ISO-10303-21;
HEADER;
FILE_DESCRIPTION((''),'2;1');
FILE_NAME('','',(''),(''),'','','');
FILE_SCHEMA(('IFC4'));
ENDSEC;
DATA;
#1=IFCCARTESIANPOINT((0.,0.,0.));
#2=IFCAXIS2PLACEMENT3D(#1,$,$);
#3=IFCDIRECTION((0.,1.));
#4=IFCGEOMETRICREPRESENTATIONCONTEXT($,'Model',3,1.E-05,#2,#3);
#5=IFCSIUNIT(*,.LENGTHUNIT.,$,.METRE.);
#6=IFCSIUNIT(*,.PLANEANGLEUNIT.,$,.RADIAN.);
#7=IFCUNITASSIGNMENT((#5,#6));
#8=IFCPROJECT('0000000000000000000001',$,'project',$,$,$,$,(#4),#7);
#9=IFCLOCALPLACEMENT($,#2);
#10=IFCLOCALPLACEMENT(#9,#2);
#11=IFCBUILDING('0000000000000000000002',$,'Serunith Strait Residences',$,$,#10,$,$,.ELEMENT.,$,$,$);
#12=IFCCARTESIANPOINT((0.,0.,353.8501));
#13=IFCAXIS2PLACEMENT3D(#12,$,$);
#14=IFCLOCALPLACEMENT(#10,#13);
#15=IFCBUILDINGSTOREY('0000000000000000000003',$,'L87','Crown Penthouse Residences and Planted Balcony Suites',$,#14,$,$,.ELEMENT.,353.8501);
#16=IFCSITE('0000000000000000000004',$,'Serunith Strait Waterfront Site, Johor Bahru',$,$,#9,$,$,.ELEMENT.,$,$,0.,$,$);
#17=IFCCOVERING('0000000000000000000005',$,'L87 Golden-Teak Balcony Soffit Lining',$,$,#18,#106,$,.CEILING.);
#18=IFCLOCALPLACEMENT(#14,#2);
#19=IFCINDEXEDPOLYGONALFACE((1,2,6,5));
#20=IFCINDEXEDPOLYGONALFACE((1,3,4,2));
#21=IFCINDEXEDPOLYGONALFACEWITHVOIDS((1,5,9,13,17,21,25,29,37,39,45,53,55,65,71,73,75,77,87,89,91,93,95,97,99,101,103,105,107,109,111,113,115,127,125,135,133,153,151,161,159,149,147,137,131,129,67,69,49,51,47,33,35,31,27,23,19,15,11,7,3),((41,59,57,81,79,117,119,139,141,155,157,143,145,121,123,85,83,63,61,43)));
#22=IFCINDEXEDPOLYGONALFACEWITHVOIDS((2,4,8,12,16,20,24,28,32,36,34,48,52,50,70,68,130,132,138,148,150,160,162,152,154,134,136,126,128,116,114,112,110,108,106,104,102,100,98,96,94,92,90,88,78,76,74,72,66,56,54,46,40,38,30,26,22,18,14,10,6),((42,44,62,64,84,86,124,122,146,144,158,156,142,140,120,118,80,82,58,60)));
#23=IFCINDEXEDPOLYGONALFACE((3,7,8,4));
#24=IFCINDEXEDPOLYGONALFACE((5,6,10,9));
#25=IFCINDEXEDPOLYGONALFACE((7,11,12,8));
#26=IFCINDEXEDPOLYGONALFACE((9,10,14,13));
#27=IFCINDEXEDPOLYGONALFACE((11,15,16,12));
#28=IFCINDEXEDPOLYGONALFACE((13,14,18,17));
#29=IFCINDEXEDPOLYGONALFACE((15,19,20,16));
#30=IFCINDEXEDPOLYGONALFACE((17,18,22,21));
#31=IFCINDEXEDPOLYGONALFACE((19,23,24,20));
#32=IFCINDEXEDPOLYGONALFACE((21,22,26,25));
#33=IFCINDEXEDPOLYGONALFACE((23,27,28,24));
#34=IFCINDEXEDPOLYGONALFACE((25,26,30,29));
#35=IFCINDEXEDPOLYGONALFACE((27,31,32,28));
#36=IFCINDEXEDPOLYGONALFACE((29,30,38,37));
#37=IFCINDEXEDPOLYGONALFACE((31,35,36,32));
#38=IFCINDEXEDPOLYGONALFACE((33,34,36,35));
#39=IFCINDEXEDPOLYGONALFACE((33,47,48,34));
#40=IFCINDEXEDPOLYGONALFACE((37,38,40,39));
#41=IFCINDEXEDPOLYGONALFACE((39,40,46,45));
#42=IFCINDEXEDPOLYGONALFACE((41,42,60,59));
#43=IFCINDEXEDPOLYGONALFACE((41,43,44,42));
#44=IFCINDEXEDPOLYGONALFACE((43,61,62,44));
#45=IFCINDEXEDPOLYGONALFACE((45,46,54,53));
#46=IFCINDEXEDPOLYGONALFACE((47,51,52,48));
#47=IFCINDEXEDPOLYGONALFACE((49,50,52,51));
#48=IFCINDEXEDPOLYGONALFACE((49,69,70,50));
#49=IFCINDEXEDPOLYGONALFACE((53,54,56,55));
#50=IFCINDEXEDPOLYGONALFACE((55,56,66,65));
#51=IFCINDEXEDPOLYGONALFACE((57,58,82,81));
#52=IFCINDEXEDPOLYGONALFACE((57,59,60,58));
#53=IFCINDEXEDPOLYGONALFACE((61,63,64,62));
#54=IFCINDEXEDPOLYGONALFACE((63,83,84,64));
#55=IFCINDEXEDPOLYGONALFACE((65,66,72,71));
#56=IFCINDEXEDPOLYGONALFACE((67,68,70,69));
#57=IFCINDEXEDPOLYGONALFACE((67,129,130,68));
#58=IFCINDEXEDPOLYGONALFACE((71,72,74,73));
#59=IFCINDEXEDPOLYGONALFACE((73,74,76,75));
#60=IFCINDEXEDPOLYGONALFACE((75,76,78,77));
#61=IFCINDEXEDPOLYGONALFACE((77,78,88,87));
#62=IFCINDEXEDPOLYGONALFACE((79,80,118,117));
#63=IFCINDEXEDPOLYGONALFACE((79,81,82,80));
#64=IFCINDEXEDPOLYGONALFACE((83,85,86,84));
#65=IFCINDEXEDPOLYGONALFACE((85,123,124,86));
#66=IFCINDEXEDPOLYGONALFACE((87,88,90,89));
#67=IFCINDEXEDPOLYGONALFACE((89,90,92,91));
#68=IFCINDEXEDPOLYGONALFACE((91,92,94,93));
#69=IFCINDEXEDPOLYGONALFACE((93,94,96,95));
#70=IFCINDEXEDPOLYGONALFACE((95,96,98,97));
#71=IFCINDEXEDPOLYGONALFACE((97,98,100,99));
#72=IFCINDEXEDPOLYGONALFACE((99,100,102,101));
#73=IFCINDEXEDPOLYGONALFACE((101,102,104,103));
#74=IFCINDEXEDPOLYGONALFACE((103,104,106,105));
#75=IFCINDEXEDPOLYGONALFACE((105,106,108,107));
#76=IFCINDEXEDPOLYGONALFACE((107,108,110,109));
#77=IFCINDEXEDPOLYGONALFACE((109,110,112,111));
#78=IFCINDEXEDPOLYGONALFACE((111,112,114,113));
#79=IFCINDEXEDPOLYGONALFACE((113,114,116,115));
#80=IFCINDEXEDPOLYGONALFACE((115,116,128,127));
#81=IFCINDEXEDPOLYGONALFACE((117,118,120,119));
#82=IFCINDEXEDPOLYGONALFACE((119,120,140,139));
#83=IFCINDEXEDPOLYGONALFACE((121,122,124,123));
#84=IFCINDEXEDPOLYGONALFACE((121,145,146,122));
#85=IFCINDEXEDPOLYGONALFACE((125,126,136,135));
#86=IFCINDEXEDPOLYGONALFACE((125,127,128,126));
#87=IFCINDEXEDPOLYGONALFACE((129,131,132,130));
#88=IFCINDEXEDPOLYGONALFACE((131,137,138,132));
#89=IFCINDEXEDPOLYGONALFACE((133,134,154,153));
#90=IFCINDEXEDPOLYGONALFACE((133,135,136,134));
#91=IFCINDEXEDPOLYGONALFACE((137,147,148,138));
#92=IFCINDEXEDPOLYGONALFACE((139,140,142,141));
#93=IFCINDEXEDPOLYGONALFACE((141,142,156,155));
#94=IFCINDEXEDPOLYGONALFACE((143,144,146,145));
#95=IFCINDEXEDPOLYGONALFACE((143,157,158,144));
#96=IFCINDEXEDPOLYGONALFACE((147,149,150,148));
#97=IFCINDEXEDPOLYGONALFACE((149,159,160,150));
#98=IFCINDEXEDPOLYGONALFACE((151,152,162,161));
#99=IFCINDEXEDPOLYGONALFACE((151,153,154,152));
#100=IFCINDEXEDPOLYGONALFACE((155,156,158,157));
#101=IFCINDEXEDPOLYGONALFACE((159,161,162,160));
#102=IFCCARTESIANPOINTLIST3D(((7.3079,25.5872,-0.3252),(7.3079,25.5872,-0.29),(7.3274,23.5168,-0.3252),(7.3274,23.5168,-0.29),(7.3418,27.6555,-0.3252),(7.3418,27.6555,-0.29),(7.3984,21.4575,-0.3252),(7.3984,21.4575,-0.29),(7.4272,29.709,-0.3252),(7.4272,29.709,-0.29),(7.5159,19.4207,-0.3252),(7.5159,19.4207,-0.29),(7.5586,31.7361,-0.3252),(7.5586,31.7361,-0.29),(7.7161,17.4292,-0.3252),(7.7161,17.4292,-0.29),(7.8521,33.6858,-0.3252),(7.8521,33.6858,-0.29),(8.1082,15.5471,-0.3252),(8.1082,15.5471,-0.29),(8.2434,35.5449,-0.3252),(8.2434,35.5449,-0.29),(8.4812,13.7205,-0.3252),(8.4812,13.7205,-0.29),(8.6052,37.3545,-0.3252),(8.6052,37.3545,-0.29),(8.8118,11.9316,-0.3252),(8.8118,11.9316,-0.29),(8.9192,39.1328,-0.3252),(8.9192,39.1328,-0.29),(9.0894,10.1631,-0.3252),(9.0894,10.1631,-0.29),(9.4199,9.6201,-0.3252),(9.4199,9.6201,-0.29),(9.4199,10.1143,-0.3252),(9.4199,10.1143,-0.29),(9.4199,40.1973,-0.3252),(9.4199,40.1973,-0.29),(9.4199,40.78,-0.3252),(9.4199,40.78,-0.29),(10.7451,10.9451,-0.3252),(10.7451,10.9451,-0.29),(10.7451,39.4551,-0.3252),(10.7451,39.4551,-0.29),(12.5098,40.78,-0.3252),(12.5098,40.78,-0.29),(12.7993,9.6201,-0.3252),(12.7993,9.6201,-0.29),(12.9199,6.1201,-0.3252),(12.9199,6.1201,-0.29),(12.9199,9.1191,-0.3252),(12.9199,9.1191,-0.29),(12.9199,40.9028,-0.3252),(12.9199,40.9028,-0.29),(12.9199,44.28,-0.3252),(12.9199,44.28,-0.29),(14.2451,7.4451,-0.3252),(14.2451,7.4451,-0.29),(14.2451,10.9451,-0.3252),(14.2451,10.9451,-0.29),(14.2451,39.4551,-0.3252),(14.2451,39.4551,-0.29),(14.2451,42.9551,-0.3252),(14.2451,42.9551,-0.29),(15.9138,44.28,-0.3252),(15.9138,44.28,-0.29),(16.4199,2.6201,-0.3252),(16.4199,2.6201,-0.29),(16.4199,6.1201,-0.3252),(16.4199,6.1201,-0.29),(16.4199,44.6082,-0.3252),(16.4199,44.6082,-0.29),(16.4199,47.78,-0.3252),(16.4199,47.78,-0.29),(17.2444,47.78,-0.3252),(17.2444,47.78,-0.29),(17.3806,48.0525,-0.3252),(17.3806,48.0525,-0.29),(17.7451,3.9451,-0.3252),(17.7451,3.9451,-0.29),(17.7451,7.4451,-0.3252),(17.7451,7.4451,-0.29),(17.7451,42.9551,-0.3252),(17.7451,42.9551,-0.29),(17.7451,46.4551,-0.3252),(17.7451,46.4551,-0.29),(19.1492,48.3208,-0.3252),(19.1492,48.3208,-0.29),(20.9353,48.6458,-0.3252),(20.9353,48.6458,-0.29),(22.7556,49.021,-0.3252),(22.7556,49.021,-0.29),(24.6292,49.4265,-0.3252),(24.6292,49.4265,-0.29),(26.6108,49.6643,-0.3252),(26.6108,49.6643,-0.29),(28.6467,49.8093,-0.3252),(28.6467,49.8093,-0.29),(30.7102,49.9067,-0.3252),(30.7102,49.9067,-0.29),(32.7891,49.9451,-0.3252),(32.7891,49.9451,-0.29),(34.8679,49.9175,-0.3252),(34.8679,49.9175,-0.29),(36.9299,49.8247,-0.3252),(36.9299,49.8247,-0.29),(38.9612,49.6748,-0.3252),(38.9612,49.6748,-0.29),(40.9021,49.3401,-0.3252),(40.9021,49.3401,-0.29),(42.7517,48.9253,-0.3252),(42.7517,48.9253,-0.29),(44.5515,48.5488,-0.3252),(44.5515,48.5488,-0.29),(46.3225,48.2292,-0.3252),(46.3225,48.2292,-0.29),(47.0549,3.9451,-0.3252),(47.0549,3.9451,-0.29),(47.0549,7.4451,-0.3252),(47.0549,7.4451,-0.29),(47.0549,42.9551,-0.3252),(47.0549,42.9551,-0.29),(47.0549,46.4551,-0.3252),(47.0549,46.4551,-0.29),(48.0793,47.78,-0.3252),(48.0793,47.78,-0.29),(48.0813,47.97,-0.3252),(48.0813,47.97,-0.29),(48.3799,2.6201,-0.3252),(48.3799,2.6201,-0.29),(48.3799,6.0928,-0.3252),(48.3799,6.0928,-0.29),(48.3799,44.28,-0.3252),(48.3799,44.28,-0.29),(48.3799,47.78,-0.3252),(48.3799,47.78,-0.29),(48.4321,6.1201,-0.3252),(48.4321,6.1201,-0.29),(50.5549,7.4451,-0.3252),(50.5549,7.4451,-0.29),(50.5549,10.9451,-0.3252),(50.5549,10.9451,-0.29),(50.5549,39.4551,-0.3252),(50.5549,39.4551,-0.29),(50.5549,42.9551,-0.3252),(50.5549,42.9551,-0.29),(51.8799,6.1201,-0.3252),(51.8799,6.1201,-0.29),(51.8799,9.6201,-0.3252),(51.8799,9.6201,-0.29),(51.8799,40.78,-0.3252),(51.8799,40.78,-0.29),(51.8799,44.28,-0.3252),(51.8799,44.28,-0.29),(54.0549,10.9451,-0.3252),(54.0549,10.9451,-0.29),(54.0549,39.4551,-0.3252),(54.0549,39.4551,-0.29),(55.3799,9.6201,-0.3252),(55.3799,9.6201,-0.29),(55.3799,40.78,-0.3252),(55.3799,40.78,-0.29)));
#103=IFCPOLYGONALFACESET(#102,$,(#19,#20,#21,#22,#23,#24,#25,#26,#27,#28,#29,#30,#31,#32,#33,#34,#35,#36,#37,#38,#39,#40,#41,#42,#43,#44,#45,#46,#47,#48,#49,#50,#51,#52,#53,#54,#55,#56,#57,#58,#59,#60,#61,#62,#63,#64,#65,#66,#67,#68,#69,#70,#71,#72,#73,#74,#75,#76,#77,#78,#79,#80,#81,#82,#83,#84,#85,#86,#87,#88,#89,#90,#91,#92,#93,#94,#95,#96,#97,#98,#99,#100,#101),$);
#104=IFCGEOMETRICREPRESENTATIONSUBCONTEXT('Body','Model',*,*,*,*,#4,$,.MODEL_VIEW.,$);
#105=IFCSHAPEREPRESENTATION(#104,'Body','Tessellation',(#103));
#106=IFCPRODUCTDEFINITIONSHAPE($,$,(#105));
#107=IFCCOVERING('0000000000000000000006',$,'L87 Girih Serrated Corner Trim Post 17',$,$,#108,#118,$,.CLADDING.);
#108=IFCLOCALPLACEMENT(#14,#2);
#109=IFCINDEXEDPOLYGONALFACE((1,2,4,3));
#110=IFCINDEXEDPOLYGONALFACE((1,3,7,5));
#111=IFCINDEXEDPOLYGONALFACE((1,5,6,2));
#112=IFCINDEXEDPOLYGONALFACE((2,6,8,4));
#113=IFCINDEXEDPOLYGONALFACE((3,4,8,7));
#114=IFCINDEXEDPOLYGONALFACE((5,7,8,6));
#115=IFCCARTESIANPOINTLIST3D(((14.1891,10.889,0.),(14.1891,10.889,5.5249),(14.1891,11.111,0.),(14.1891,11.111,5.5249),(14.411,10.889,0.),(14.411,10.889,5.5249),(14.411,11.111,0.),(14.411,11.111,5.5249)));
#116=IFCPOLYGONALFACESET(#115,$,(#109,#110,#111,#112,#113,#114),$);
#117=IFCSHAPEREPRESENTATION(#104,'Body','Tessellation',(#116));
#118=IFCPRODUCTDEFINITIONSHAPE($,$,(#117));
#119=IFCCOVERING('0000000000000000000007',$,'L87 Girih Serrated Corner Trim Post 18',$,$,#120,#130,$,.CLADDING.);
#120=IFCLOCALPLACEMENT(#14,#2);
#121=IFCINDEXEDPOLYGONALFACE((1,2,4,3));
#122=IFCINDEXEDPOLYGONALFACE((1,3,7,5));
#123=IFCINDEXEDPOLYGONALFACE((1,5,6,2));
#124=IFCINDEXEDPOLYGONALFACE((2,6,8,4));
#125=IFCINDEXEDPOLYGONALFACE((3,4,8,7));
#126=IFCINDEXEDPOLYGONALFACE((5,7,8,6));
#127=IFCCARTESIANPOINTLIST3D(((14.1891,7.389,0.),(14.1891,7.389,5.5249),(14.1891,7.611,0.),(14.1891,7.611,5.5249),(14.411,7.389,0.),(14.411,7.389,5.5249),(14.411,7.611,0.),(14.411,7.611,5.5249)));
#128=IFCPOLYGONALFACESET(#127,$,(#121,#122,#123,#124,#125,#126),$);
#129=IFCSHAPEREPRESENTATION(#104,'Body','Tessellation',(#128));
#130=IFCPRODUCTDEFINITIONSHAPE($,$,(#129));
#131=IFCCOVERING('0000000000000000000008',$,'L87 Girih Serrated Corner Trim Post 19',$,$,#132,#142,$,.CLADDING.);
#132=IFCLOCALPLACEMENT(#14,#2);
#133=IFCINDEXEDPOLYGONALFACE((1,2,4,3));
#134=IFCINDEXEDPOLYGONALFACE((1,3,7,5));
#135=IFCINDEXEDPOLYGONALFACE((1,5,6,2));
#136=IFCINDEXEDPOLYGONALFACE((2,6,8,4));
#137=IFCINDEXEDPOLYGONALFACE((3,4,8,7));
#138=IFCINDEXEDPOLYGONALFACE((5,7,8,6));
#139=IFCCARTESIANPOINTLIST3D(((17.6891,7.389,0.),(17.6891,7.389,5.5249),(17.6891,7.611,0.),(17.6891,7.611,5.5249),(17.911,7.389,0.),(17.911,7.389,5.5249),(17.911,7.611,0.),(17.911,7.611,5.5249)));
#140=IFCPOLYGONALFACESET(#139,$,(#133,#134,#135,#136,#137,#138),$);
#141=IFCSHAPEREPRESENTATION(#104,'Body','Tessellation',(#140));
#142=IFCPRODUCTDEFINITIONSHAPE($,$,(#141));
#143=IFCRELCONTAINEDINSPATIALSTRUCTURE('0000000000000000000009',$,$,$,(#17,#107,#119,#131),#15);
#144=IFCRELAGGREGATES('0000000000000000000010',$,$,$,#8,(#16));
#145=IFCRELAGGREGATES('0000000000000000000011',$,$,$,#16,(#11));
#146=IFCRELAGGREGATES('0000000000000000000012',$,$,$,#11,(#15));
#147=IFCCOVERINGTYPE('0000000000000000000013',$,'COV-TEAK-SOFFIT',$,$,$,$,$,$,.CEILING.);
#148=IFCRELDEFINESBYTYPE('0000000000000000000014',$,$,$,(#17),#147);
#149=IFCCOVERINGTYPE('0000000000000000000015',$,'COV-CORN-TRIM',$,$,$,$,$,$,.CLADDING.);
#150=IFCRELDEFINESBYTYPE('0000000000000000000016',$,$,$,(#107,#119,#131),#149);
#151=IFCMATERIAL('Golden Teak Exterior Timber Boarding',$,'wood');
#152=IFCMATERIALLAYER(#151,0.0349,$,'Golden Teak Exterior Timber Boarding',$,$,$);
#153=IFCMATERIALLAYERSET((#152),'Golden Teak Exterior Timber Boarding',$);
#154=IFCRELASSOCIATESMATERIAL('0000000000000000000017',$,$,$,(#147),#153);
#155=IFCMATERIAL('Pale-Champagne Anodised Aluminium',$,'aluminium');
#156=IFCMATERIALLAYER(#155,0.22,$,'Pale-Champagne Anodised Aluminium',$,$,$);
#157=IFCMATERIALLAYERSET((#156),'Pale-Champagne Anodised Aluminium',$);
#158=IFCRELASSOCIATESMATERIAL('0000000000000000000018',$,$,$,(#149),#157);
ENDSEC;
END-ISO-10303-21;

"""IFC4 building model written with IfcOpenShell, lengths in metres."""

from ifc_helpers import new_model, si_unit, direction, frame, origin, origin_2d, place, context, subcontext, project, spatial, polyline, rectangle, outline, extrude, source, transform, mapped, material, layer, layer_set, type_object, element, save


model = new_model("IFC4")

# Units and contexts
model_context = context("Model", 3, precision=1e-05, world=origin(), true_north=direction((0.0, 1.0)))
body_context = subcontext(model_context, "Body", "Model", "MODEL_VIEW")
ifc_project = project(units=[si_unit("LENGTHUNIT", "METRE"), si_unit("PLANEANGLEUNIT", "RADIAN")], contexts=[model_context])

# Site, building, storey
site_placement = place(None, origin())
site = spatial("IfcSite", under=ifc_project, at=site_placement, Name="Serunith Strait Waterfront Site, Johor Bahru", CompositionType="ELEMENT", RefElevation=0.0)
building_placement = place(site_placement, origin())
building = spatial("IfcBuilding", under=site, at=building_placement, Name="Serunith Strait Residences", CompositionType="ELEMENT")
storey_placement = place(building_placement, frame((0.0, 0.0, 353.8501)))
storey = spatial("IfcBuildingStorey", under=building, at=storey_placement, Name="L87", Description="Crown Penthouse Residences and Planted Balcony Suites", CompositionType="ELEMENT", Elevation=353.8501)

# Covering
ifc_material_1 = material(Name="Golden Teak Exterior Timber Boarding", Category="wood")
ifc_layer_1 = layer(ifc_material_1, 0.0349, Name="Golden Teak Exterior Timber Boarding")
ifc_layer_set_1 = layer_set([ifc_layer_1], Name="Golden Teak Exterior Timber Boarding")
covering_type_1 = type_object("IfcCoveringType", Name="COV-TEAK-SOFFIT", PredefinedType="CEILING", material=ifc_layer_set_1)
covering_placement = place(storey_placement, frame((0.0, 0.0, -0.3252)))
element("IfcCovering", 1, at=covering_placement, inside=storey, type_object=covering_type_1, Name="L87 Golden-Teak Balcony Soffit Lining", PredefinedType="CEILING", context=body_context, shape_type="SweptSolid", body=[
    extrude(outline(polyline([(9.4199, 9.6201), (9.4199, 10.1143), (9.0894, 10.1631), (8.8118, 11.9316), (8.4812, 13.7205), (8.1082, 15.5471), (7.7161, 17.4292), (7.5159, 19.4207), (7.3984, 21.4575), (7.3274, 23.5168), (7.3079, 25.5872), (7.3418, 27.6555), (7.4272, 29.709), (7.5586, 31.7361), (7.8521, 33.6858), (8.2434, 35.5449), (8.6052, 37.3545), (8.9192, 39.1328), (9.4199, 40.1973), (9.4199, 40.78), (12.5098, 40.78), (12.9199, 40.9028), (12.9199, 44.28), (15.9138, 44.28), (16.4199, 44.6082), (16.4199, 47.78), (17.2444, 47.78), (17.3806, 48.0525), (19.1492, 48.3208), (20.9353, 48.6458), (22.7556, 49.021), (24.6292, 49.4265), (26.6108, 49.6643), (28.6467, 49.8093), (30.7102, 49.9067), (32.7891, 49.9451), (34.8679, 49.9175), (36.9299, 49.8247), (38.9612, 49.6748), (40.9021, 49.3401), (42.7517, 48.9253), (44.5515, 48.5488), (46.3225, 48.2292), (48.0813, 47.97), (48.0793, 47.78), (48.3799, 47.78), (48.3799, 44.28), (51.8799, 44.28), (51.8799, 40.78), (55.3799, 40.78), (55.3799, 9.6201), (51.8799, 9.6201), (51.8799, 6.1201), (48.4321, 6.1201), (48.3799, 6.0928), (48.3799, 2.6201), (16.4199, 2.6201), (16.4199, 6.1201), (12.9199, 6.1201), (12.9199, 9.1191), (12.7993, 9.6201), (9.4199, 9.6201)]), holes=[polyline([(47.0549, 3.9451), (47.0549, 7.4451), (50.5549, 7.4451), (50.5549, 10.9451), (54.0549, 10.9451), (54.0549, 39.4551), (50.5549, 39.4551), (50.5549, 42.9551), (47.0549, 42.9551), (47.0549, 46.4551), (17.7451, 46.4551), (17.7451, 42.9551), (14.2451, 42.9551), (14.2451, 39.4551), (10.7451, 39.4551), (10.7451, 10.9451), (14.2451, 10.9451), (14.2451, 7.4451), (17.7451, 7.4451), (17.7451, 3.9451), (47.0549, 3.9451)])]), origin(), (0.0, 0.0, 1.0), 0.0352),
])

# Coverings
ifc_material_2 = material(Name="Pale-Champagne Anodised Aluminium", Category="aluminium")
ifc_layer_2 = layer(ifc_material_2, 0.22, Name="Pale-Champagne Anodised Aluminium")
ifc_layer_set_2 = layer_set([ifc_layer_2], Name="Pale-Champagne Anodised Aluminium")
covering_type_2 = type_object("IfcCoveringType", Name="COV-CORN-TRIM", PredefinedType="CLADDING", material=ifc_layer_set_2)
shared_shape_1 = source(origin(), body_context, "Body", "SweptSolid", [
    extrude(rectangle(XDim=0.2219, YDim=0.2219, at=origin_2d()), origin(), (0.0, 0.0, 1.0), 5.5249),
])
for number, where, z_axis, x_axis, name in (
    (2, (14.3, 11.0, 0.0), (0.0, 0.0, 1.0), (1.0, 0.0, 0.0), "L87 Girih Serrated Corner Trim Post 17"),
    (3, (14.3, 7.5, 0.0), (0.0, 0.0, 1.0), (1.0, 0.0, 0.0), "L87 Girih Serrated Corner Trim Post 18"),
    (4, (17.8, 7.5, 0.0), (0.0, 0.0, 1.0), (1.0, 0.0, 0.0), "L87 Girih Serrated Corner Trim Post 19"),
):
    element("IfcCovering", number, at=place(storey_placement, frame(where, z_axis=z_axis, x_axis=x_axis)), inside=storey, type_object=covering_type_2, Name=name, PredefinedType="CLADDING", context=body_context, shape_type="MappedRepresentation", body=[
        mapped(shared_shape_1, transform((0.0, 0.0, 0.0), scale=1.0)),
    ])

save(model, "model.ifc")
